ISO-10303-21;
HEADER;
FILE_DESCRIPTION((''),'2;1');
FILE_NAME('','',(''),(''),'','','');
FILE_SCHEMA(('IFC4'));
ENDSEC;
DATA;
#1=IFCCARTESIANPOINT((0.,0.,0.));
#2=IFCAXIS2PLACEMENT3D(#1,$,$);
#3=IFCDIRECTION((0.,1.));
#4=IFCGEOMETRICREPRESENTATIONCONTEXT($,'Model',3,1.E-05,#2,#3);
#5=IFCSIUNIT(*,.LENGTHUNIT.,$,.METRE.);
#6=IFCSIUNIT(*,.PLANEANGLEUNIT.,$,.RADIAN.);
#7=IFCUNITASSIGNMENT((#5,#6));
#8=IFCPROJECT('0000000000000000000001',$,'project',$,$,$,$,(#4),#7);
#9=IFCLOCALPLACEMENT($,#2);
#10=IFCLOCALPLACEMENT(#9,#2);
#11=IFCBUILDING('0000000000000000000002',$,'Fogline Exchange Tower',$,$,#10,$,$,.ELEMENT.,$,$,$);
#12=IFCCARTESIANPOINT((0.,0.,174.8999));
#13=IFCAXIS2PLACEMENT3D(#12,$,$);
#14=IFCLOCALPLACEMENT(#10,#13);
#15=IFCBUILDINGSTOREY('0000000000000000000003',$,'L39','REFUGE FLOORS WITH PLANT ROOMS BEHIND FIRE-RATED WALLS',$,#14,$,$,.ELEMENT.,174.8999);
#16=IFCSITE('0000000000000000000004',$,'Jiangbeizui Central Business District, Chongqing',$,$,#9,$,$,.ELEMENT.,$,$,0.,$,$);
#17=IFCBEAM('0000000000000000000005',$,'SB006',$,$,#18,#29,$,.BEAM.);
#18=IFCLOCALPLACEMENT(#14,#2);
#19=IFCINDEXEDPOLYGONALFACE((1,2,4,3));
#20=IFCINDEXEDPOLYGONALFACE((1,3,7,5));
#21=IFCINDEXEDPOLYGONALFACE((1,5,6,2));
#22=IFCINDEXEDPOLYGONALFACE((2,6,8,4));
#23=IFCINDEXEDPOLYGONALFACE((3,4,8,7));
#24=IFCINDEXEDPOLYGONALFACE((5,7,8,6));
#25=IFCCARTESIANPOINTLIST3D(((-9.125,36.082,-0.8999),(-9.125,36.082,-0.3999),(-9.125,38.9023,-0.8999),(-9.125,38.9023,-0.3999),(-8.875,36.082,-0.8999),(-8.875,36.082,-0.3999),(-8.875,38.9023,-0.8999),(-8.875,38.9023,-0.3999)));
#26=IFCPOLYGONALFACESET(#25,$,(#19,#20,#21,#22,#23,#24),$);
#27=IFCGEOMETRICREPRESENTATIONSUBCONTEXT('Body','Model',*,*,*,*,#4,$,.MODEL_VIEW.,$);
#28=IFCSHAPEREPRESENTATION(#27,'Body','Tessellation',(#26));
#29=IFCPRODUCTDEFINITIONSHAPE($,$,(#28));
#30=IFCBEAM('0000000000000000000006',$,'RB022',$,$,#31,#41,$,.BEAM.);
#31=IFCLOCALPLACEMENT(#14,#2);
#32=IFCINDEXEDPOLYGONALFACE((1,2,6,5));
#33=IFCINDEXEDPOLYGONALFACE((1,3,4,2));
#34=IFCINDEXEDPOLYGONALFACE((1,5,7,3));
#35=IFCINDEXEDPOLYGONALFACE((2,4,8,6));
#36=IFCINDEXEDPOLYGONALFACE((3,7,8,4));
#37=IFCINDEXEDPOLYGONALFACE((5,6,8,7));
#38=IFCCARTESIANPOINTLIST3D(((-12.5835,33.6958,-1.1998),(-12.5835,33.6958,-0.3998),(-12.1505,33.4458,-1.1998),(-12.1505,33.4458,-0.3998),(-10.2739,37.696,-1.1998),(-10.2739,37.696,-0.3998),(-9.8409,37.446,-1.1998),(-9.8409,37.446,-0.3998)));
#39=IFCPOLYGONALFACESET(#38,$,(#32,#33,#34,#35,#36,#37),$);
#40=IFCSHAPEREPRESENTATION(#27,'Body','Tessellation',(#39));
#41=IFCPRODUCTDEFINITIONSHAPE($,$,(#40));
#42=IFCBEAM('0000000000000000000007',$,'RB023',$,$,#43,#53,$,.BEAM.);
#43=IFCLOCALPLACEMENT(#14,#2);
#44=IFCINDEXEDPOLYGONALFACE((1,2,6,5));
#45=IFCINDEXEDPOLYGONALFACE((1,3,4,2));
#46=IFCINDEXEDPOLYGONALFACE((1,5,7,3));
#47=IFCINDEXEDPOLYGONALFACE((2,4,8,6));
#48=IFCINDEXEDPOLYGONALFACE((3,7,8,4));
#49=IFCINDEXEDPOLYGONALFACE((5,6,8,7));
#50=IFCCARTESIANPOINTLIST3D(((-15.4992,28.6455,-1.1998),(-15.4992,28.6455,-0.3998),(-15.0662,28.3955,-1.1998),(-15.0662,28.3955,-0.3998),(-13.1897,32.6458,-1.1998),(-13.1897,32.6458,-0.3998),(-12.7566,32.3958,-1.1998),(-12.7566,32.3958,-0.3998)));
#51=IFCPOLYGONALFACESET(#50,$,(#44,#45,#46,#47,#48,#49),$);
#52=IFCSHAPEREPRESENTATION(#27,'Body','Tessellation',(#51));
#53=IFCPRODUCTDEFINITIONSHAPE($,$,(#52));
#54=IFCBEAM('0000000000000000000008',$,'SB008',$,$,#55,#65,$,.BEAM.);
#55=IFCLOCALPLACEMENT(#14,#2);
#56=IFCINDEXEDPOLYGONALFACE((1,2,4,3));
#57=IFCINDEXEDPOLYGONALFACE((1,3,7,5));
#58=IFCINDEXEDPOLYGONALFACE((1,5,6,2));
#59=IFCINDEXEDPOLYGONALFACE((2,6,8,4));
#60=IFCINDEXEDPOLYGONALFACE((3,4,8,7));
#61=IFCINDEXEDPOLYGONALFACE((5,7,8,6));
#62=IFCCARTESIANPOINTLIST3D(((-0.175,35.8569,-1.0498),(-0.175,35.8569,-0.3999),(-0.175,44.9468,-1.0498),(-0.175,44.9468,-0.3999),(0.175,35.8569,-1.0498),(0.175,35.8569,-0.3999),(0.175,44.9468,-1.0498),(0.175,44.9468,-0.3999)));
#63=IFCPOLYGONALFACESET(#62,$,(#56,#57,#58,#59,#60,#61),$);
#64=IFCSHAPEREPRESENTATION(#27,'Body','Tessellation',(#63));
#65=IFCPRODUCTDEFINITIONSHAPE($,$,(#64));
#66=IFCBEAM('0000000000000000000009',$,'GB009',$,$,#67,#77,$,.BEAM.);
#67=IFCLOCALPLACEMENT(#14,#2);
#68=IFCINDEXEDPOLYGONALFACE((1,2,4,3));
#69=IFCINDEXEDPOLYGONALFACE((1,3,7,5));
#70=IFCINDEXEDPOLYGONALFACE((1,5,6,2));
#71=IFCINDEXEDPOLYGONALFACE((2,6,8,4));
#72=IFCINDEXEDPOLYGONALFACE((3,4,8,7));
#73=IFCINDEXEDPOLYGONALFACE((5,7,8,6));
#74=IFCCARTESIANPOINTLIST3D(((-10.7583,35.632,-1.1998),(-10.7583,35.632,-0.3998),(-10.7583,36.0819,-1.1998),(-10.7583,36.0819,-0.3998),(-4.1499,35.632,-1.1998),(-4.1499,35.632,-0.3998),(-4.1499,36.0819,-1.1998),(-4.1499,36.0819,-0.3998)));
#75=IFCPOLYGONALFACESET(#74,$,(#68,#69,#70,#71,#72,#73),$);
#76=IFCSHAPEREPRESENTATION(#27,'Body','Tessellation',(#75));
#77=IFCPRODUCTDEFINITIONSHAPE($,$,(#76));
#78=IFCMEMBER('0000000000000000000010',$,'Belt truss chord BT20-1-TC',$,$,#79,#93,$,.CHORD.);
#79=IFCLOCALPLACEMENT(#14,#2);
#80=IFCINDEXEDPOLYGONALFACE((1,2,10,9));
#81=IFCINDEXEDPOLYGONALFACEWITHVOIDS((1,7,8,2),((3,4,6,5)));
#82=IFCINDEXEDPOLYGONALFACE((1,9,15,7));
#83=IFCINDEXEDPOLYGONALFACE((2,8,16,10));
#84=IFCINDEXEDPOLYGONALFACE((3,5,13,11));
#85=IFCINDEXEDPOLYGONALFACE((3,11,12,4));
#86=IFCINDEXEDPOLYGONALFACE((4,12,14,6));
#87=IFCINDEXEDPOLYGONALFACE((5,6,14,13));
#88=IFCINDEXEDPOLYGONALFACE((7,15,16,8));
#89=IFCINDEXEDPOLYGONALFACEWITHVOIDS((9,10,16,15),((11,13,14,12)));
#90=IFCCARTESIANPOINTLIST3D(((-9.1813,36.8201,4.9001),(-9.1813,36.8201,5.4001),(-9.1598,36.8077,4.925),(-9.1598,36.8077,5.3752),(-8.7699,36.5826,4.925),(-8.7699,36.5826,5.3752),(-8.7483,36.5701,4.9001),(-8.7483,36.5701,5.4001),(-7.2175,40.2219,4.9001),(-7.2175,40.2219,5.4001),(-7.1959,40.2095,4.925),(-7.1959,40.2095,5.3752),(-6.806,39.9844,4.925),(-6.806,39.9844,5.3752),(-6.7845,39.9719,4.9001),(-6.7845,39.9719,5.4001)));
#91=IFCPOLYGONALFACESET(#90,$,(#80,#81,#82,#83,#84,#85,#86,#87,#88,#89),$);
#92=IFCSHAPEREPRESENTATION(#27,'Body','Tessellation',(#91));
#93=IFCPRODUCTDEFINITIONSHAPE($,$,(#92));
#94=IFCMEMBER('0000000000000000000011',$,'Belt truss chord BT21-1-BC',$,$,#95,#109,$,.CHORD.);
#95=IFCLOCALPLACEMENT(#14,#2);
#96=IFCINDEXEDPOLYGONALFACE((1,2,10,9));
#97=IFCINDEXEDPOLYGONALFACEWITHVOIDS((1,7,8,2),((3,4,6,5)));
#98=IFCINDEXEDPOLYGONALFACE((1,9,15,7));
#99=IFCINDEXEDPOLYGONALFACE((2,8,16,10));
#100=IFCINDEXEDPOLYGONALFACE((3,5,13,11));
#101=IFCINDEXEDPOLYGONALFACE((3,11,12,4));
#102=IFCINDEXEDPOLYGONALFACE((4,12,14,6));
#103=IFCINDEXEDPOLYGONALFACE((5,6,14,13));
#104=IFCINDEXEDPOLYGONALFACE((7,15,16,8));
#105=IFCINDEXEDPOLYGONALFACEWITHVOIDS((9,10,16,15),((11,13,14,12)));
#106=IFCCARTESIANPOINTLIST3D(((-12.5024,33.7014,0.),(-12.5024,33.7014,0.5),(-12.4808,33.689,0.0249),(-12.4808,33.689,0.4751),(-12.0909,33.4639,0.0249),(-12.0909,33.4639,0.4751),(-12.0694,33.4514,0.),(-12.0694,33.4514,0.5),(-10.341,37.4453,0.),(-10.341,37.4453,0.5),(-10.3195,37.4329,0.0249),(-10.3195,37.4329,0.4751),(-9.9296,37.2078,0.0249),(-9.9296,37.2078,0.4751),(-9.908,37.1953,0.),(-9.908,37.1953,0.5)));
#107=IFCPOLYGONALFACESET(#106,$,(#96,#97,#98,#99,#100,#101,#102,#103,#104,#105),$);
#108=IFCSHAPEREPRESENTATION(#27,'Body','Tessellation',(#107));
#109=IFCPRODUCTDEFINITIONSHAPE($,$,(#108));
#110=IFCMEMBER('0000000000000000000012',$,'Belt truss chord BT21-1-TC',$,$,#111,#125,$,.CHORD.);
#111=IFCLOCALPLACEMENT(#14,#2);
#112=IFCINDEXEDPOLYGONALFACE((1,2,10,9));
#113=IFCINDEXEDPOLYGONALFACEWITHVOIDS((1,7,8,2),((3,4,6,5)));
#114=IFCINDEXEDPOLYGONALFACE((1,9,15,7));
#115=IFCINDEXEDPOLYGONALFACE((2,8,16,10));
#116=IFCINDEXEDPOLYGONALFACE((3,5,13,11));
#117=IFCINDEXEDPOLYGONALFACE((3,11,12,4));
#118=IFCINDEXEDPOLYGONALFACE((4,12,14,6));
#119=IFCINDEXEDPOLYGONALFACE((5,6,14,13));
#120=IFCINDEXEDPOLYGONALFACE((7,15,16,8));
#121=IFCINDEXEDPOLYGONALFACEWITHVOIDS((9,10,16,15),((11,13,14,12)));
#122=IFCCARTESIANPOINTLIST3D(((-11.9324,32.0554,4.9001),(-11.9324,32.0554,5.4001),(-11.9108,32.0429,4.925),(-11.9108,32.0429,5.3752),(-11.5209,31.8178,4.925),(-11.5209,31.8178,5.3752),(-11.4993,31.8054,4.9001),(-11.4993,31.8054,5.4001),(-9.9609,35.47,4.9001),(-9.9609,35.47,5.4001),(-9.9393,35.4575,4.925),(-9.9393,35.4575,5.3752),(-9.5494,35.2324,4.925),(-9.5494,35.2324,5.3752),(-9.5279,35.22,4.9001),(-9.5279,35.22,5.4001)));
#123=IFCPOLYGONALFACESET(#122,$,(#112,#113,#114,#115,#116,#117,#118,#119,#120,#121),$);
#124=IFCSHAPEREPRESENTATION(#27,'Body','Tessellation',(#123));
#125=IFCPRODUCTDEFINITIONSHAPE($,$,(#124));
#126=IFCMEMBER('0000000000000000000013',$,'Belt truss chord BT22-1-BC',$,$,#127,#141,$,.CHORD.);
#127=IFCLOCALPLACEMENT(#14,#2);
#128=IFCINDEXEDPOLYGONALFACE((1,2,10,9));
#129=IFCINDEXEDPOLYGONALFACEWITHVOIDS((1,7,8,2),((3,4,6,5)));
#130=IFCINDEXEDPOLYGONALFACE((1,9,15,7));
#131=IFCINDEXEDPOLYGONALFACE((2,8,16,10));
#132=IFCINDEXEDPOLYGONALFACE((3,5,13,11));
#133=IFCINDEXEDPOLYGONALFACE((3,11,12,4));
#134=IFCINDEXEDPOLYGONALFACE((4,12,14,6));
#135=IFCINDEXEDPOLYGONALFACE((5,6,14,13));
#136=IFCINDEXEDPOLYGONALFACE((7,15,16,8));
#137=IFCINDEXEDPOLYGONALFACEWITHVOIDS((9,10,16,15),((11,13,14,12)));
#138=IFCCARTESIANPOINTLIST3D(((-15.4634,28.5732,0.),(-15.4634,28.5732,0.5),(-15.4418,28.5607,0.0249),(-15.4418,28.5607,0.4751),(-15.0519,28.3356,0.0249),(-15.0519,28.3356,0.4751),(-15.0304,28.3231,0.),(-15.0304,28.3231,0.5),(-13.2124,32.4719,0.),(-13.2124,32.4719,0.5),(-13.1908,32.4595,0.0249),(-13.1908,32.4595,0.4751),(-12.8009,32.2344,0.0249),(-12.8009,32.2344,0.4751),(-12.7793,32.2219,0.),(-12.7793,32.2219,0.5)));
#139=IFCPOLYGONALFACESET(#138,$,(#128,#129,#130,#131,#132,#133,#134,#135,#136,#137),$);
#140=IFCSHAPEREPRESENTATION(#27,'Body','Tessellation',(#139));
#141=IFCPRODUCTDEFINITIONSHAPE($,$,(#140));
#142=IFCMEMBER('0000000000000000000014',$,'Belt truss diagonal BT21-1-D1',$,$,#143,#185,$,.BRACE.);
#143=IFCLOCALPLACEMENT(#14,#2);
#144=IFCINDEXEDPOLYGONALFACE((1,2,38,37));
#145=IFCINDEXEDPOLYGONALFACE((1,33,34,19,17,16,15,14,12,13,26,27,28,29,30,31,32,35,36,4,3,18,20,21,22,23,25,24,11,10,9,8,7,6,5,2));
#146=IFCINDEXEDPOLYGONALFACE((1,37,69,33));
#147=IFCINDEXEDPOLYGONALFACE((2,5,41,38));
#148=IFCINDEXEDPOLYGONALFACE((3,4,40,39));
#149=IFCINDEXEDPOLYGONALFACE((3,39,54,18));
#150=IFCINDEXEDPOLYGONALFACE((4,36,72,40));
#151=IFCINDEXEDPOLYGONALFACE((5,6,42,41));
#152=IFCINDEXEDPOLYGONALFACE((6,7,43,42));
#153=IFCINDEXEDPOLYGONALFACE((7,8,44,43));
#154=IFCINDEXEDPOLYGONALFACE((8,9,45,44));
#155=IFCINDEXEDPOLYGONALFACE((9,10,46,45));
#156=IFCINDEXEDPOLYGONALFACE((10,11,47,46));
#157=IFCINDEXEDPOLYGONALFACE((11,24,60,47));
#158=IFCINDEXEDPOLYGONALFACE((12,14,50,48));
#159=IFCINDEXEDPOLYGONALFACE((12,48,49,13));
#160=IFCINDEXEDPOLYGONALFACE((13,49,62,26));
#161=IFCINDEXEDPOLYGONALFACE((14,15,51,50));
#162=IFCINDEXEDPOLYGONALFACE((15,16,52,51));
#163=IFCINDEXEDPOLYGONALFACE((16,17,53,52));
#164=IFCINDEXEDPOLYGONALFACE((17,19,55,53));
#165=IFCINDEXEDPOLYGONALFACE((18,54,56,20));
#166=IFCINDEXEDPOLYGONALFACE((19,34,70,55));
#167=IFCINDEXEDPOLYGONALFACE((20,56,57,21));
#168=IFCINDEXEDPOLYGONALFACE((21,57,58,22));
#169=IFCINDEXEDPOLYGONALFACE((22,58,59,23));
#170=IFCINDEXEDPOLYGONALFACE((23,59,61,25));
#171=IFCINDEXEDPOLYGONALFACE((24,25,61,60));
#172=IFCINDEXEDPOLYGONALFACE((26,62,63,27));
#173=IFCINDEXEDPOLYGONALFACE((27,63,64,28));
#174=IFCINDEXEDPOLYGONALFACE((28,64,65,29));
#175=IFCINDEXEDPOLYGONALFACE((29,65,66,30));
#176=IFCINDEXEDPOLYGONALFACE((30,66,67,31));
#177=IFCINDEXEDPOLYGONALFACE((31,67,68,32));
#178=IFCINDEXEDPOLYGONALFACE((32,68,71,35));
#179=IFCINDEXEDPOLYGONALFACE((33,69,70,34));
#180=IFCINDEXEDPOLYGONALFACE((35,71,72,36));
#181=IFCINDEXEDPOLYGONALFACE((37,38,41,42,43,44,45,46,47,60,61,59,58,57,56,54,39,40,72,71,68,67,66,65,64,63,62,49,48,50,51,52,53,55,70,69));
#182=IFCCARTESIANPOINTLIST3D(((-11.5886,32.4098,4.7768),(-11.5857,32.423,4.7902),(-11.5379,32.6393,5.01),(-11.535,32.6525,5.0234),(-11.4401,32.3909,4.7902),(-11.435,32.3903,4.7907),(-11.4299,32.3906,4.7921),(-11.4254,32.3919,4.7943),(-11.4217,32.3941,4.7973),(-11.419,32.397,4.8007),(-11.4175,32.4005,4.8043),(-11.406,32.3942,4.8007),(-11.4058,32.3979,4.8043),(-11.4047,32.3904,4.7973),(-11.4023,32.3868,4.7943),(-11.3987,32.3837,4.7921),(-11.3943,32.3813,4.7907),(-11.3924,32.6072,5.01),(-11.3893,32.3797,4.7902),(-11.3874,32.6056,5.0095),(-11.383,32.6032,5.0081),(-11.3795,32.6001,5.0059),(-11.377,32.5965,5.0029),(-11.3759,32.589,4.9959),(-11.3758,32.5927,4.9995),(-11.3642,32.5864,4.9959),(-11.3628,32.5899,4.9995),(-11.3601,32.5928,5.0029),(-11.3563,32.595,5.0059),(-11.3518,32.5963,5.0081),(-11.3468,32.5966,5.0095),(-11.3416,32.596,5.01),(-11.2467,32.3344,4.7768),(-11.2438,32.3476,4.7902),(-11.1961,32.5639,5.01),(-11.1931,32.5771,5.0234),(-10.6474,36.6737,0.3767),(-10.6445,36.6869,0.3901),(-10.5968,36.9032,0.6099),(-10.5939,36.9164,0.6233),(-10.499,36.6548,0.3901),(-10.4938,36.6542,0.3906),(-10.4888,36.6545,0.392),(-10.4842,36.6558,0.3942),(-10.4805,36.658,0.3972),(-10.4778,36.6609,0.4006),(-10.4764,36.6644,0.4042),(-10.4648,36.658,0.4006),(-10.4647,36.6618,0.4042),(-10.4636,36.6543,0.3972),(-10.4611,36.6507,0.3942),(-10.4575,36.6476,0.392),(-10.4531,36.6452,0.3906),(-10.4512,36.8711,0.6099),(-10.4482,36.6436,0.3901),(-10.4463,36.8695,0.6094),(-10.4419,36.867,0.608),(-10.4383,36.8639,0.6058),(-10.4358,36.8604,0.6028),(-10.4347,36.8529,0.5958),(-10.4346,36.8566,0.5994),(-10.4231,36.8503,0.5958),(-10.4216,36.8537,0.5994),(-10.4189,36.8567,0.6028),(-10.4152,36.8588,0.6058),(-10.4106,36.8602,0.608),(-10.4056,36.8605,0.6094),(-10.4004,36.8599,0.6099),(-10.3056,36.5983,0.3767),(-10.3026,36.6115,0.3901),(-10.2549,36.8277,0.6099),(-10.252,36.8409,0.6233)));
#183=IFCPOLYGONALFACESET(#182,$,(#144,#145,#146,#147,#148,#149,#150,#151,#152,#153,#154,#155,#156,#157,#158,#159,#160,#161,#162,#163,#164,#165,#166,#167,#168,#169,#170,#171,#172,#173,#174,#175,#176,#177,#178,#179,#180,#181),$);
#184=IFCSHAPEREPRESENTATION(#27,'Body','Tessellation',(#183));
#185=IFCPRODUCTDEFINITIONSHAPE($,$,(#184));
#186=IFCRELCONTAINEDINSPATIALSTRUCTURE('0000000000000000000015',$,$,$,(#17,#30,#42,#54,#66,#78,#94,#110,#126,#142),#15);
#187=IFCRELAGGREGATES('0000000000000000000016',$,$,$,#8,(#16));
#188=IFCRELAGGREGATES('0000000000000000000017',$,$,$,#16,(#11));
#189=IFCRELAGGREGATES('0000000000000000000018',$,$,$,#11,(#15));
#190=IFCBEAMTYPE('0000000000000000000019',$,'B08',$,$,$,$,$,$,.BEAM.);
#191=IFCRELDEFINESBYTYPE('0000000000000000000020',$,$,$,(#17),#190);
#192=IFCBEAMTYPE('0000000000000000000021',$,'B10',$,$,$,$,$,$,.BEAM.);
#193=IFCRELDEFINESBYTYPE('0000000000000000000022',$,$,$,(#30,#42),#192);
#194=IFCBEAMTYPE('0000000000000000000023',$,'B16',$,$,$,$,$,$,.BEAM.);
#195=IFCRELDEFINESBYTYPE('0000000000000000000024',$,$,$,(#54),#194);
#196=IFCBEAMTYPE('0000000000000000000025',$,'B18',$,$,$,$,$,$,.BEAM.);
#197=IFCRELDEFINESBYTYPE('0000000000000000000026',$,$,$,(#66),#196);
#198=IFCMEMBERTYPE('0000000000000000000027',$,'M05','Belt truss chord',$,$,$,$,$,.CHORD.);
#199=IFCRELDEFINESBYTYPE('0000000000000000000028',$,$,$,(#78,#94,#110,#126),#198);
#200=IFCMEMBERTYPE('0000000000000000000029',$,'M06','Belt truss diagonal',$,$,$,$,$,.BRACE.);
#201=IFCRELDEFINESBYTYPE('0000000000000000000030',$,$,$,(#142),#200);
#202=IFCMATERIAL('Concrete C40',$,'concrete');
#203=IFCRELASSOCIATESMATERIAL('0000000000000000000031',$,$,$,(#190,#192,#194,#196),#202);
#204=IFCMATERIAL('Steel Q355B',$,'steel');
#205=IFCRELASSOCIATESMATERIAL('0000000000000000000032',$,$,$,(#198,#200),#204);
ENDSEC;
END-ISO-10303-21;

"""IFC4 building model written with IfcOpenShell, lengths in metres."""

from ifc_helpers import new_model, si_unit, direction, frame, origin, origin_2d, place, context, subcontext, project, spatial, rectangle, hollow_rectangle, i_section, extrude, material, material_profile, profile_set, type_object, element, save


model = new_model("IFC4")

# Units and contexts
model_context = context("Model", 3, precision=1e-05, world=origin(), true_north=direction((0.0, 1.0)))
body_context = subcontext(model_context, "Body", "Model", "MODEL_VIEW")
ifc_project = project(units=[si_unit("LENGTHUNIT", "METRE"), si_unit("PLANEANGLEUNIT", "RADIAN")], contexts=[model_context])

# Site, building, storey
site_placement = place(None, origin())
site = spatial("IfcSite", under=ifc_project, at=site_placement, Name="Jiangbeizui Central Business District, Chongqing", CompositionType="ELEMENT", RefElevation=0.0)
building_placement = place(site_placement, origin())
building = spatial("IfcBuilding", under=site, at=building_placement, Name="Fogline Exchange Tower", CompositionType="ELEMENT")
storey_placement = place(building_placement, frame((0.0, 0.0, 174.8999)))
storey = spatial("IfcBuildingStorey", under=building, at=storey_placement, Name="L39", Description="REFUGE FLOORS WITH PLANT ROOMS BEHIND FIRE-RATED WALLS", CompositionType="ELEMENT", Elevation=174.8999)

# Beams
ifc_material_1 = material(Name="Concrete C40", Category="concrete")
ifc_material_profile_1 = material_profile(ifc_material_1, rectangle(XDim=0.25, YDim=0.5, at=origin_2d()), Name="RC 250x500")
ifc_profile_set_1 = profile_set([ifc_material_profile_1], Name="Concrete C40")
beam_type_1 = type_object("IfcBeamType", Name="B08", PredefinedType="BEAM", material=ifc_profile_set_1)
beam_1_placement = place(storey_placement, frame((-9.0, 36.082, -0.6499), z_axis=(0.0, 1.0, 0.0), x_axis=(-1.0, 0.0, 0.0)))
element("IfcBeam", 1, at=beam_1_placement, inside=storey, type_object=beam_type_1, Name="SB006", PredefinedType="BEAM", context=body_context, shape_type="SweptSolid", body=[
    extrude(rectangle(XDim=0.25, YDim=0.5, at=origin_2d()), origin(), (0.0, 0.0, 1.0), 2.8203),
])
ifc_material_profile_2 = material_profile(ifc_material_1, rectangle(XDim=0.5, YDim=0.8, at=origin_2d()), Name="RC 500x800")
ifc_profile_set_2 = profile_set([ifc_material_profile_2], Name="Concrete C40")
beam_type_2 = type_object("IfcBeamType", Name="B10", PredefinedType="BEAM", material=ifc_profile_set_2)
for number, where, z_axis, x_axis, name in (
    (2, (-10.0574, 37.571, -0.7998), (-0.500005, -0.866023, 0.0), (0.866023, -0.500005, 0.0), "RB022"),
    (3, (-12.9731, 32.5208, -0.7998), (-0.500005, -0.866023, 0.0), (0.866023, -0.500005, 0.0), "RB023"),
):
    element("IfcBeam", number, at=place(storey_placement, frame(where, z_axis=z_axis, x_axis=x_axis)), inside=storey, type_object=beam_type_2, Name=name, PredefinedType="BEAM", context=body_context, shape_type="SweptSolid", body=[
        extrude(rectangle(XDim=0.5, YDim=0.8, at=origin_2d()), origin(), (0.0, 0.0, 1.0), 4.6191),
    ])
ifc_material_profile_3 = material_profile(ifc_material_1, rectangle(XDim=0.3501, YDim=0.6499, at=origin_2d()), Name="RC 350x650")
ifc_profile_set_3 = profile_set([ifc_material_profile_3], Name="Concrete C40")
beam_type_3 = type_object("IfcBeamType", Name="B16", PredefinedType="BEAM", material=ifc_profile_set_3)
beam_2_placement = place(storey_placement, frame((0.0, 35.8569, -0.7249), z_axis=(0.0, 1.0, 0.0), x_axis=(-1.0, 0.0, 0.0)))
element("IfcBeam", 4, at=beam_2_placement, inside=storey, type_object=beam_type_3, Name="SB008", PredefinedType="BEAM", context=body_context, shape_type="SweptSolid", body=[
    extrude(rectangle(XDim=0.3501, YDim=0.6499, at=origin_2d()), origin(), (0.0, 0.0, 1.0), 9.0898),
])
ifc_material_profile_4 = material_profile(ifc_material_1, rectangle(XDim=0.45, YDim=0.8, at=origin_2d()), Name="RC 450x800")
ifc_profile_set_4 = profile_set([ifc_material_profile_4], Name="Concrete C40")
beam_type_4 = type_object("IfcBeamType", Name="B18", PredefinedType="BEAM", material=ifc_profile_set_4)
beam_3_placement = place(storey_placement, frame((-10.7583, 35.8569, -0.7998), z_axis=(1.0, 0.0, 0.0), x_axis=(0.0, 1.0, 0.0)))
element("IfcBeam", 5, at=beam_3_placement, inside=storey, type_object=beam_type_4, Name="GB009", PredefinedType="BEAM", context=body_context, shape_type="SweptSolid", body=[
    extrude(rectangle(XDim=0.45, YDim=0.8, at=origin_2d()), origin(), (0.0, 0.0, 1.0), 6.6084),
])

# Members
ifc_material_2 = material(Name="Steel Q355B", Category="steel")
ifc_material_profile_5 = material_profile(ifc_material_2, hollow_rectangle(XDim=0.5, YDim=0.5, WallThickness=0.0249, at=origin_2d()), Name="BOX500X500X25")
ifc_profile_set_5 = profile_set([ifc_material_profile_5], Name="Steel Q355B")
member_type_1 = type_object("IfcMemberType", Name="M05", Description="Belt truss chord", PredefinedType="CHORD", material=ifc_profile_set_5)
member_1_placement = place(storey_placement, frame((-7.001, 40.0969, 5.1501), z_axis=(-0.499963, -0.866047, 0.0), x_axis=(0.866047, -0.499963, 0.0)))
element("IfcMember", 6, at=member_1_placement, inside=storey, type_object=member_type_1, Name="Belt truss chord BT20-1-TC", PredefinedType="CHORD", context=body_context, shape_type="SweptSolid", body=[
    extrude(hollow_rectangle(XDim=0.5, YDim=0.5, WallThickness=0.0249, at=origin_2d()), origin(), (0.0, 0.0, 1.0), 3.928),
])
member_2_placement = place(storey_placement, frame((-10.1245, 37.3203, 0.25), z_axis=(-0.499972, -0.866042, 0.0), x_axis=(0.866042, -0.499972, 0.0)))
element("IfcMember", 7, at=member_2_placement, inside=storey, type_object=member_type_1, Name="Belt truss chord BT21-1-BC", PredefinedType="CHORD", context=body_context, shape_type="SweptSolid", body=[
    extrude(hollow_rectangle(XDim=0.5, YDim=0.5, WallThickness=0.0249, at=origin_2d()), origin(), (0.0, 0.0, 1.0), 4.323),
])
member_3_placement = place(storey_placement, frame((-9.7444, 35.345, 5.1501), z_axis=(-0.500008, -0.866021, 0.0), x_axis=(0.866021, -0.500008, 0.0)))
element("IfcMember", 8, at=member_3_placement, inside=storey, type_object=member_type_1, Name="Belt truss chord BT21-1-TC", PredefinedType="CHORD", context=body_context, shape_type="SweptSolid", body=[
    extrude(hollow_rectangle(XDim=0.5, YDim=0.5, WallThickness=0.0249, at=origin_2d()), origin(), (0.0, 0.0, 1.0), 3.9429),
])
member_4_placement = place(storey_placement, frame((-12.9958, 32.3469, 0.25), z_axis=(-0.500012, -0.866019, 0.0), x_axis=(0.866019, -0.500012, 0.0)))
element("IfcMember", 9, at=member_4_placement, inside=storey, type_object=member_type_1, Name="Belt truss chord BT22-1-BC", PredefinedType="CHORD", context=body_context, shape_type="SweptSolid", body=[
    extrude(hollow_rectangle(XDim=0.5, YDim=0.5, WallThickness=0.0249, at=origin_2d()), origin(), (0.0, 0.0, 1.0), 4.502),
])
ifc_material_profile_6 = material_profile(ifc_material_2, i_section(OverallWidth=0.3501, OverallDepth=0.3501, WebThickness=0.012, FlangeThickness=0.019, FilletRadius=0.02, at=origin_2d()), Name="HW350X350X12X19")
ifc_profile_set_6 = profile_set([ifc_material_profile_6], Name="Steel Q355B")
member_type_2 = type_object("IfcMemberType", Name="M06", Description="Belt truss diagonal", PredefinedType="BRACE", material=ifc_profile_set_6)
member_5_placement = place(storey_placement, frame((-10.4497, 36.7573, 0.5), z_axis=(-0.151824, -0.687835, 0.709811), x_axis=(0.976495, -0.215539, 0.0)))
element("IfcMember", 10, at=member_5_placement, inside=storey, type_object=member_type_2, Name="Belt truss diagonal BT21-1-D1", PredefinedType="BRACE", context=body_context, shape_type="SweptSolid", body=[
    extrude(i_section(OverallWidth=0.3501, OverallDepth=0.3501, WebThickness=0.012, FlangeThickness=0.019, FilletRadius=0.02, at=origin_2d()), origin(), (0.0, 0.0, 1.0), 6.199),
])

save(model, "model.ifc")
